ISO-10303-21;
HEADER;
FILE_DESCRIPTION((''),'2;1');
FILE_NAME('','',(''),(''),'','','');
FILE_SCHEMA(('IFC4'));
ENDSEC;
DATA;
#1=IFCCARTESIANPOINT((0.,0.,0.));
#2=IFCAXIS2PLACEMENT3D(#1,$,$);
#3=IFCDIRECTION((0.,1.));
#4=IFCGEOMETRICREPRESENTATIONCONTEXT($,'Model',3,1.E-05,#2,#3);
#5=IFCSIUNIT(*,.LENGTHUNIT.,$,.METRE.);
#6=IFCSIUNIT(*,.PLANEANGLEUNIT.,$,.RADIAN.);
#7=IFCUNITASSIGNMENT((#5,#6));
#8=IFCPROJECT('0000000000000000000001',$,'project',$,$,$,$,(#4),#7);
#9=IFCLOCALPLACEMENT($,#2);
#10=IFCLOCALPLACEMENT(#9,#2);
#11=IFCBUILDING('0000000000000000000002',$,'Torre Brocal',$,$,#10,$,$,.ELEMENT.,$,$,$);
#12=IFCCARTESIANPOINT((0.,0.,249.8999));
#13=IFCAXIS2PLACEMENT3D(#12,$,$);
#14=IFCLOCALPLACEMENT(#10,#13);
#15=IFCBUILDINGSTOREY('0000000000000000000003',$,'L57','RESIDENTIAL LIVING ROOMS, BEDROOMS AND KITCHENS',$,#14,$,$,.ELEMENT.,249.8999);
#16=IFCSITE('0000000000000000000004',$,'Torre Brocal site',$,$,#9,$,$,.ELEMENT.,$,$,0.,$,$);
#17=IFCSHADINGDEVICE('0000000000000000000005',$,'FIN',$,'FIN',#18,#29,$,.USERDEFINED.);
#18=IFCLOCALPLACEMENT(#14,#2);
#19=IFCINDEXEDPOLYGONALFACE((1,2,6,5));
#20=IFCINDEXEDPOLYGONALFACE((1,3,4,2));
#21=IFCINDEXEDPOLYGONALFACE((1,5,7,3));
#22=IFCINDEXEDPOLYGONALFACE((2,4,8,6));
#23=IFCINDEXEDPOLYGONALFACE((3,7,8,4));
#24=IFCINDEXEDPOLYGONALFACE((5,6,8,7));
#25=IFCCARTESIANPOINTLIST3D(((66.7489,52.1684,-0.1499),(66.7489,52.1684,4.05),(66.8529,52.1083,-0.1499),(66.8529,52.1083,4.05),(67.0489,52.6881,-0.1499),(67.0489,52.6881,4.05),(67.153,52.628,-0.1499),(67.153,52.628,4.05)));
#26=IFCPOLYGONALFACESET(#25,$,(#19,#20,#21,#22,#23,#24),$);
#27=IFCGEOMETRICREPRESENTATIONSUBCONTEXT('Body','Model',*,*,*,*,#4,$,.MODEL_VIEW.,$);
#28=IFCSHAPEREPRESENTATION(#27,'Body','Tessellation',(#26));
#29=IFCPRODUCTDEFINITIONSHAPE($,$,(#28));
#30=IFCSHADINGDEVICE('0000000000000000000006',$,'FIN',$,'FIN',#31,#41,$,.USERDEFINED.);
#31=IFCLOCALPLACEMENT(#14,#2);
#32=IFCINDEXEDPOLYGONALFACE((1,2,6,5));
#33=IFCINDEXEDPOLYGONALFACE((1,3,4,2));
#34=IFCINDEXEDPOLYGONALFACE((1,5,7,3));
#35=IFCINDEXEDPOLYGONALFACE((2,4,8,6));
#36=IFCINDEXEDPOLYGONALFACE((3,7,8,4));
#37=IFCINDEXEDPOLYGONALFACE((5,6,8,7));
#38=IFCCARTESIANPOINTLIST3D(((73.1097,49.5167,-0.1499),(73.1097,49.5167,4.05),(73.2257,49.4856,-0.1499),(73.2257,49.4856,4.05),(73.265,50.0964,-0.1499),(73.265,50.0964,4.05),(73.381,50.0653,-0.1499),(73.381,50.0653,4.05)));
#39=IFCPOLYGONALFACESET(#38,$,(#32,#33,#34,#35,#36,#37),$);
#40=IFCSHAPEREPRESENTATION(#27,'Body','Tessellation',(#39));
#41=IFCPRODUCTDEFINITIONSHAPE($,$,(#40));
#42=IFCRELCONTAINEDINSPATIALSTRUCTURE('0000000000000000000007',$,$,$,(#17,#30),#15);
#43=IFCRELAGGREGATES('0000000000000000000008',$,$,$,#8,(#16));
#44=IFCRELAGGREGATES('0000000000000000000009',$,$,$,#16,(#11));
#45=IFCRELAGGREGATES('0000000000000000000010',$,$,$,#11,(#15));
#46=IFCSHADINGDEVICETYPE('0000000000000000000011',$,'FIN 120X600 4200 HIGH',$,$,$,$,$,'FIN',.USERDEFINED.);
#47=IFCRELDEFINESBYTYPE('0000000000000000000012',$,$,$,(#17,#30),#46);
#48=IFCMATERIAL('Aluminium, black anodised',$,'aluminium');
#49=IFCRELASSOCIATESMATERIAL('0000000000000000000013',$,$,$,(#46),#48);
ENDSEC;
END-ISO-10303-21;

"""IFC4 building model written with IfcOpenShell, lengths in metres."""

from ifc_helpers import new_model, si_unit, direction, frame, origin, origin_2d, place, context, subcontext, project, spatial, rectangle, extrude, material, material_profile, profile_set, type_object, element, save


model = new_model("IFC4")

# Units and contexts
model_context = context("Model", 3, precision=1e-05, world=origin(), true_north=direction((0.0, 1.0)))
body_context = subcontext(model_context, "Body", "Model", "MODEL_VIEW")
ifc_project = project(units=[si_unit("LENGTHUNIT", "METRE"), si_unit("PLANEANGLEUNIT", "RADIAN")], contexts=[model_context])

# Site, building, storey
site_placement = place(None, origin())
site = spatial("IfcSite", under=ifc_project, at=site_placement, Name="Torre Brocal site", CompositionType="ELEMENT", RefElevation=0.0)
building_placement = place(site_placement, origin())
building = spatial("IfcBuilding", under=site, at=building_placement, Name="Torre Brocal", CompositionType="ELEMENT")
storey_placement = place(building_placement, frame((0.0, 0.0, 249.8999)))
storey = spatial("IfcBuildingStorey", under=building, at=storey_placement, Name="L57", Description="RESIDENTIAL LIVING ROOMS, BEDROOMS AND KITCHENS", CompositionType="ELEMENT", Elevation=249.8999)

# Shading devices
ifc_material_1 = material(Name="Aluminium, black anodised", Category="aluminium")
ifc_material_profile_1 = material_profile(ifc_material_1, rectangle(XDim=0.1201, YDim=0.6001, at=origin_2d()), Name="FIN 120X600 4200 HIGH")
ifc_profile_set_1 = profile_set([ifc_material_profile_1], Name="Aluminium, black anodised")
shading_device_type = type_object("IfcShadingDeviceType", Name="FIN 120X600 4200 HIGH", ElementType="FIN", PredefinedType="USERDEFINED", material=ifc_profile_set_1)
for number, where, z_axis, x_axis, name in (
    (1, (66.9509, 52.3982, -0.1499), (0.0, 0.0, 1.0), (0.866025, -0.5, 0.0), "FIN"),
    (2, (73.2454, 49.791, -0.1499), (0.0, 0.0, 1.0), (0.965926, -0.258819, 0.0), "FIN"),
):
    element("IfcShadingDevice", number, at=place(storey_placement, frame(where, z_axis=z_axis, x_axis=x_axis)), inside=storey, type_object=shading_device_type, Name=name, ObjectType="FIN", PredefinedType="USERDEFINED", context=body_context, shape_type="SweptSolid", body=[
        extrude(rectangle(XDim=0.1201, YDim=0.6001, at=origin_2d()), origin(), (0.0, 0.0, 1.0), 4.2),
    ])

save(model, "model.ifc")
